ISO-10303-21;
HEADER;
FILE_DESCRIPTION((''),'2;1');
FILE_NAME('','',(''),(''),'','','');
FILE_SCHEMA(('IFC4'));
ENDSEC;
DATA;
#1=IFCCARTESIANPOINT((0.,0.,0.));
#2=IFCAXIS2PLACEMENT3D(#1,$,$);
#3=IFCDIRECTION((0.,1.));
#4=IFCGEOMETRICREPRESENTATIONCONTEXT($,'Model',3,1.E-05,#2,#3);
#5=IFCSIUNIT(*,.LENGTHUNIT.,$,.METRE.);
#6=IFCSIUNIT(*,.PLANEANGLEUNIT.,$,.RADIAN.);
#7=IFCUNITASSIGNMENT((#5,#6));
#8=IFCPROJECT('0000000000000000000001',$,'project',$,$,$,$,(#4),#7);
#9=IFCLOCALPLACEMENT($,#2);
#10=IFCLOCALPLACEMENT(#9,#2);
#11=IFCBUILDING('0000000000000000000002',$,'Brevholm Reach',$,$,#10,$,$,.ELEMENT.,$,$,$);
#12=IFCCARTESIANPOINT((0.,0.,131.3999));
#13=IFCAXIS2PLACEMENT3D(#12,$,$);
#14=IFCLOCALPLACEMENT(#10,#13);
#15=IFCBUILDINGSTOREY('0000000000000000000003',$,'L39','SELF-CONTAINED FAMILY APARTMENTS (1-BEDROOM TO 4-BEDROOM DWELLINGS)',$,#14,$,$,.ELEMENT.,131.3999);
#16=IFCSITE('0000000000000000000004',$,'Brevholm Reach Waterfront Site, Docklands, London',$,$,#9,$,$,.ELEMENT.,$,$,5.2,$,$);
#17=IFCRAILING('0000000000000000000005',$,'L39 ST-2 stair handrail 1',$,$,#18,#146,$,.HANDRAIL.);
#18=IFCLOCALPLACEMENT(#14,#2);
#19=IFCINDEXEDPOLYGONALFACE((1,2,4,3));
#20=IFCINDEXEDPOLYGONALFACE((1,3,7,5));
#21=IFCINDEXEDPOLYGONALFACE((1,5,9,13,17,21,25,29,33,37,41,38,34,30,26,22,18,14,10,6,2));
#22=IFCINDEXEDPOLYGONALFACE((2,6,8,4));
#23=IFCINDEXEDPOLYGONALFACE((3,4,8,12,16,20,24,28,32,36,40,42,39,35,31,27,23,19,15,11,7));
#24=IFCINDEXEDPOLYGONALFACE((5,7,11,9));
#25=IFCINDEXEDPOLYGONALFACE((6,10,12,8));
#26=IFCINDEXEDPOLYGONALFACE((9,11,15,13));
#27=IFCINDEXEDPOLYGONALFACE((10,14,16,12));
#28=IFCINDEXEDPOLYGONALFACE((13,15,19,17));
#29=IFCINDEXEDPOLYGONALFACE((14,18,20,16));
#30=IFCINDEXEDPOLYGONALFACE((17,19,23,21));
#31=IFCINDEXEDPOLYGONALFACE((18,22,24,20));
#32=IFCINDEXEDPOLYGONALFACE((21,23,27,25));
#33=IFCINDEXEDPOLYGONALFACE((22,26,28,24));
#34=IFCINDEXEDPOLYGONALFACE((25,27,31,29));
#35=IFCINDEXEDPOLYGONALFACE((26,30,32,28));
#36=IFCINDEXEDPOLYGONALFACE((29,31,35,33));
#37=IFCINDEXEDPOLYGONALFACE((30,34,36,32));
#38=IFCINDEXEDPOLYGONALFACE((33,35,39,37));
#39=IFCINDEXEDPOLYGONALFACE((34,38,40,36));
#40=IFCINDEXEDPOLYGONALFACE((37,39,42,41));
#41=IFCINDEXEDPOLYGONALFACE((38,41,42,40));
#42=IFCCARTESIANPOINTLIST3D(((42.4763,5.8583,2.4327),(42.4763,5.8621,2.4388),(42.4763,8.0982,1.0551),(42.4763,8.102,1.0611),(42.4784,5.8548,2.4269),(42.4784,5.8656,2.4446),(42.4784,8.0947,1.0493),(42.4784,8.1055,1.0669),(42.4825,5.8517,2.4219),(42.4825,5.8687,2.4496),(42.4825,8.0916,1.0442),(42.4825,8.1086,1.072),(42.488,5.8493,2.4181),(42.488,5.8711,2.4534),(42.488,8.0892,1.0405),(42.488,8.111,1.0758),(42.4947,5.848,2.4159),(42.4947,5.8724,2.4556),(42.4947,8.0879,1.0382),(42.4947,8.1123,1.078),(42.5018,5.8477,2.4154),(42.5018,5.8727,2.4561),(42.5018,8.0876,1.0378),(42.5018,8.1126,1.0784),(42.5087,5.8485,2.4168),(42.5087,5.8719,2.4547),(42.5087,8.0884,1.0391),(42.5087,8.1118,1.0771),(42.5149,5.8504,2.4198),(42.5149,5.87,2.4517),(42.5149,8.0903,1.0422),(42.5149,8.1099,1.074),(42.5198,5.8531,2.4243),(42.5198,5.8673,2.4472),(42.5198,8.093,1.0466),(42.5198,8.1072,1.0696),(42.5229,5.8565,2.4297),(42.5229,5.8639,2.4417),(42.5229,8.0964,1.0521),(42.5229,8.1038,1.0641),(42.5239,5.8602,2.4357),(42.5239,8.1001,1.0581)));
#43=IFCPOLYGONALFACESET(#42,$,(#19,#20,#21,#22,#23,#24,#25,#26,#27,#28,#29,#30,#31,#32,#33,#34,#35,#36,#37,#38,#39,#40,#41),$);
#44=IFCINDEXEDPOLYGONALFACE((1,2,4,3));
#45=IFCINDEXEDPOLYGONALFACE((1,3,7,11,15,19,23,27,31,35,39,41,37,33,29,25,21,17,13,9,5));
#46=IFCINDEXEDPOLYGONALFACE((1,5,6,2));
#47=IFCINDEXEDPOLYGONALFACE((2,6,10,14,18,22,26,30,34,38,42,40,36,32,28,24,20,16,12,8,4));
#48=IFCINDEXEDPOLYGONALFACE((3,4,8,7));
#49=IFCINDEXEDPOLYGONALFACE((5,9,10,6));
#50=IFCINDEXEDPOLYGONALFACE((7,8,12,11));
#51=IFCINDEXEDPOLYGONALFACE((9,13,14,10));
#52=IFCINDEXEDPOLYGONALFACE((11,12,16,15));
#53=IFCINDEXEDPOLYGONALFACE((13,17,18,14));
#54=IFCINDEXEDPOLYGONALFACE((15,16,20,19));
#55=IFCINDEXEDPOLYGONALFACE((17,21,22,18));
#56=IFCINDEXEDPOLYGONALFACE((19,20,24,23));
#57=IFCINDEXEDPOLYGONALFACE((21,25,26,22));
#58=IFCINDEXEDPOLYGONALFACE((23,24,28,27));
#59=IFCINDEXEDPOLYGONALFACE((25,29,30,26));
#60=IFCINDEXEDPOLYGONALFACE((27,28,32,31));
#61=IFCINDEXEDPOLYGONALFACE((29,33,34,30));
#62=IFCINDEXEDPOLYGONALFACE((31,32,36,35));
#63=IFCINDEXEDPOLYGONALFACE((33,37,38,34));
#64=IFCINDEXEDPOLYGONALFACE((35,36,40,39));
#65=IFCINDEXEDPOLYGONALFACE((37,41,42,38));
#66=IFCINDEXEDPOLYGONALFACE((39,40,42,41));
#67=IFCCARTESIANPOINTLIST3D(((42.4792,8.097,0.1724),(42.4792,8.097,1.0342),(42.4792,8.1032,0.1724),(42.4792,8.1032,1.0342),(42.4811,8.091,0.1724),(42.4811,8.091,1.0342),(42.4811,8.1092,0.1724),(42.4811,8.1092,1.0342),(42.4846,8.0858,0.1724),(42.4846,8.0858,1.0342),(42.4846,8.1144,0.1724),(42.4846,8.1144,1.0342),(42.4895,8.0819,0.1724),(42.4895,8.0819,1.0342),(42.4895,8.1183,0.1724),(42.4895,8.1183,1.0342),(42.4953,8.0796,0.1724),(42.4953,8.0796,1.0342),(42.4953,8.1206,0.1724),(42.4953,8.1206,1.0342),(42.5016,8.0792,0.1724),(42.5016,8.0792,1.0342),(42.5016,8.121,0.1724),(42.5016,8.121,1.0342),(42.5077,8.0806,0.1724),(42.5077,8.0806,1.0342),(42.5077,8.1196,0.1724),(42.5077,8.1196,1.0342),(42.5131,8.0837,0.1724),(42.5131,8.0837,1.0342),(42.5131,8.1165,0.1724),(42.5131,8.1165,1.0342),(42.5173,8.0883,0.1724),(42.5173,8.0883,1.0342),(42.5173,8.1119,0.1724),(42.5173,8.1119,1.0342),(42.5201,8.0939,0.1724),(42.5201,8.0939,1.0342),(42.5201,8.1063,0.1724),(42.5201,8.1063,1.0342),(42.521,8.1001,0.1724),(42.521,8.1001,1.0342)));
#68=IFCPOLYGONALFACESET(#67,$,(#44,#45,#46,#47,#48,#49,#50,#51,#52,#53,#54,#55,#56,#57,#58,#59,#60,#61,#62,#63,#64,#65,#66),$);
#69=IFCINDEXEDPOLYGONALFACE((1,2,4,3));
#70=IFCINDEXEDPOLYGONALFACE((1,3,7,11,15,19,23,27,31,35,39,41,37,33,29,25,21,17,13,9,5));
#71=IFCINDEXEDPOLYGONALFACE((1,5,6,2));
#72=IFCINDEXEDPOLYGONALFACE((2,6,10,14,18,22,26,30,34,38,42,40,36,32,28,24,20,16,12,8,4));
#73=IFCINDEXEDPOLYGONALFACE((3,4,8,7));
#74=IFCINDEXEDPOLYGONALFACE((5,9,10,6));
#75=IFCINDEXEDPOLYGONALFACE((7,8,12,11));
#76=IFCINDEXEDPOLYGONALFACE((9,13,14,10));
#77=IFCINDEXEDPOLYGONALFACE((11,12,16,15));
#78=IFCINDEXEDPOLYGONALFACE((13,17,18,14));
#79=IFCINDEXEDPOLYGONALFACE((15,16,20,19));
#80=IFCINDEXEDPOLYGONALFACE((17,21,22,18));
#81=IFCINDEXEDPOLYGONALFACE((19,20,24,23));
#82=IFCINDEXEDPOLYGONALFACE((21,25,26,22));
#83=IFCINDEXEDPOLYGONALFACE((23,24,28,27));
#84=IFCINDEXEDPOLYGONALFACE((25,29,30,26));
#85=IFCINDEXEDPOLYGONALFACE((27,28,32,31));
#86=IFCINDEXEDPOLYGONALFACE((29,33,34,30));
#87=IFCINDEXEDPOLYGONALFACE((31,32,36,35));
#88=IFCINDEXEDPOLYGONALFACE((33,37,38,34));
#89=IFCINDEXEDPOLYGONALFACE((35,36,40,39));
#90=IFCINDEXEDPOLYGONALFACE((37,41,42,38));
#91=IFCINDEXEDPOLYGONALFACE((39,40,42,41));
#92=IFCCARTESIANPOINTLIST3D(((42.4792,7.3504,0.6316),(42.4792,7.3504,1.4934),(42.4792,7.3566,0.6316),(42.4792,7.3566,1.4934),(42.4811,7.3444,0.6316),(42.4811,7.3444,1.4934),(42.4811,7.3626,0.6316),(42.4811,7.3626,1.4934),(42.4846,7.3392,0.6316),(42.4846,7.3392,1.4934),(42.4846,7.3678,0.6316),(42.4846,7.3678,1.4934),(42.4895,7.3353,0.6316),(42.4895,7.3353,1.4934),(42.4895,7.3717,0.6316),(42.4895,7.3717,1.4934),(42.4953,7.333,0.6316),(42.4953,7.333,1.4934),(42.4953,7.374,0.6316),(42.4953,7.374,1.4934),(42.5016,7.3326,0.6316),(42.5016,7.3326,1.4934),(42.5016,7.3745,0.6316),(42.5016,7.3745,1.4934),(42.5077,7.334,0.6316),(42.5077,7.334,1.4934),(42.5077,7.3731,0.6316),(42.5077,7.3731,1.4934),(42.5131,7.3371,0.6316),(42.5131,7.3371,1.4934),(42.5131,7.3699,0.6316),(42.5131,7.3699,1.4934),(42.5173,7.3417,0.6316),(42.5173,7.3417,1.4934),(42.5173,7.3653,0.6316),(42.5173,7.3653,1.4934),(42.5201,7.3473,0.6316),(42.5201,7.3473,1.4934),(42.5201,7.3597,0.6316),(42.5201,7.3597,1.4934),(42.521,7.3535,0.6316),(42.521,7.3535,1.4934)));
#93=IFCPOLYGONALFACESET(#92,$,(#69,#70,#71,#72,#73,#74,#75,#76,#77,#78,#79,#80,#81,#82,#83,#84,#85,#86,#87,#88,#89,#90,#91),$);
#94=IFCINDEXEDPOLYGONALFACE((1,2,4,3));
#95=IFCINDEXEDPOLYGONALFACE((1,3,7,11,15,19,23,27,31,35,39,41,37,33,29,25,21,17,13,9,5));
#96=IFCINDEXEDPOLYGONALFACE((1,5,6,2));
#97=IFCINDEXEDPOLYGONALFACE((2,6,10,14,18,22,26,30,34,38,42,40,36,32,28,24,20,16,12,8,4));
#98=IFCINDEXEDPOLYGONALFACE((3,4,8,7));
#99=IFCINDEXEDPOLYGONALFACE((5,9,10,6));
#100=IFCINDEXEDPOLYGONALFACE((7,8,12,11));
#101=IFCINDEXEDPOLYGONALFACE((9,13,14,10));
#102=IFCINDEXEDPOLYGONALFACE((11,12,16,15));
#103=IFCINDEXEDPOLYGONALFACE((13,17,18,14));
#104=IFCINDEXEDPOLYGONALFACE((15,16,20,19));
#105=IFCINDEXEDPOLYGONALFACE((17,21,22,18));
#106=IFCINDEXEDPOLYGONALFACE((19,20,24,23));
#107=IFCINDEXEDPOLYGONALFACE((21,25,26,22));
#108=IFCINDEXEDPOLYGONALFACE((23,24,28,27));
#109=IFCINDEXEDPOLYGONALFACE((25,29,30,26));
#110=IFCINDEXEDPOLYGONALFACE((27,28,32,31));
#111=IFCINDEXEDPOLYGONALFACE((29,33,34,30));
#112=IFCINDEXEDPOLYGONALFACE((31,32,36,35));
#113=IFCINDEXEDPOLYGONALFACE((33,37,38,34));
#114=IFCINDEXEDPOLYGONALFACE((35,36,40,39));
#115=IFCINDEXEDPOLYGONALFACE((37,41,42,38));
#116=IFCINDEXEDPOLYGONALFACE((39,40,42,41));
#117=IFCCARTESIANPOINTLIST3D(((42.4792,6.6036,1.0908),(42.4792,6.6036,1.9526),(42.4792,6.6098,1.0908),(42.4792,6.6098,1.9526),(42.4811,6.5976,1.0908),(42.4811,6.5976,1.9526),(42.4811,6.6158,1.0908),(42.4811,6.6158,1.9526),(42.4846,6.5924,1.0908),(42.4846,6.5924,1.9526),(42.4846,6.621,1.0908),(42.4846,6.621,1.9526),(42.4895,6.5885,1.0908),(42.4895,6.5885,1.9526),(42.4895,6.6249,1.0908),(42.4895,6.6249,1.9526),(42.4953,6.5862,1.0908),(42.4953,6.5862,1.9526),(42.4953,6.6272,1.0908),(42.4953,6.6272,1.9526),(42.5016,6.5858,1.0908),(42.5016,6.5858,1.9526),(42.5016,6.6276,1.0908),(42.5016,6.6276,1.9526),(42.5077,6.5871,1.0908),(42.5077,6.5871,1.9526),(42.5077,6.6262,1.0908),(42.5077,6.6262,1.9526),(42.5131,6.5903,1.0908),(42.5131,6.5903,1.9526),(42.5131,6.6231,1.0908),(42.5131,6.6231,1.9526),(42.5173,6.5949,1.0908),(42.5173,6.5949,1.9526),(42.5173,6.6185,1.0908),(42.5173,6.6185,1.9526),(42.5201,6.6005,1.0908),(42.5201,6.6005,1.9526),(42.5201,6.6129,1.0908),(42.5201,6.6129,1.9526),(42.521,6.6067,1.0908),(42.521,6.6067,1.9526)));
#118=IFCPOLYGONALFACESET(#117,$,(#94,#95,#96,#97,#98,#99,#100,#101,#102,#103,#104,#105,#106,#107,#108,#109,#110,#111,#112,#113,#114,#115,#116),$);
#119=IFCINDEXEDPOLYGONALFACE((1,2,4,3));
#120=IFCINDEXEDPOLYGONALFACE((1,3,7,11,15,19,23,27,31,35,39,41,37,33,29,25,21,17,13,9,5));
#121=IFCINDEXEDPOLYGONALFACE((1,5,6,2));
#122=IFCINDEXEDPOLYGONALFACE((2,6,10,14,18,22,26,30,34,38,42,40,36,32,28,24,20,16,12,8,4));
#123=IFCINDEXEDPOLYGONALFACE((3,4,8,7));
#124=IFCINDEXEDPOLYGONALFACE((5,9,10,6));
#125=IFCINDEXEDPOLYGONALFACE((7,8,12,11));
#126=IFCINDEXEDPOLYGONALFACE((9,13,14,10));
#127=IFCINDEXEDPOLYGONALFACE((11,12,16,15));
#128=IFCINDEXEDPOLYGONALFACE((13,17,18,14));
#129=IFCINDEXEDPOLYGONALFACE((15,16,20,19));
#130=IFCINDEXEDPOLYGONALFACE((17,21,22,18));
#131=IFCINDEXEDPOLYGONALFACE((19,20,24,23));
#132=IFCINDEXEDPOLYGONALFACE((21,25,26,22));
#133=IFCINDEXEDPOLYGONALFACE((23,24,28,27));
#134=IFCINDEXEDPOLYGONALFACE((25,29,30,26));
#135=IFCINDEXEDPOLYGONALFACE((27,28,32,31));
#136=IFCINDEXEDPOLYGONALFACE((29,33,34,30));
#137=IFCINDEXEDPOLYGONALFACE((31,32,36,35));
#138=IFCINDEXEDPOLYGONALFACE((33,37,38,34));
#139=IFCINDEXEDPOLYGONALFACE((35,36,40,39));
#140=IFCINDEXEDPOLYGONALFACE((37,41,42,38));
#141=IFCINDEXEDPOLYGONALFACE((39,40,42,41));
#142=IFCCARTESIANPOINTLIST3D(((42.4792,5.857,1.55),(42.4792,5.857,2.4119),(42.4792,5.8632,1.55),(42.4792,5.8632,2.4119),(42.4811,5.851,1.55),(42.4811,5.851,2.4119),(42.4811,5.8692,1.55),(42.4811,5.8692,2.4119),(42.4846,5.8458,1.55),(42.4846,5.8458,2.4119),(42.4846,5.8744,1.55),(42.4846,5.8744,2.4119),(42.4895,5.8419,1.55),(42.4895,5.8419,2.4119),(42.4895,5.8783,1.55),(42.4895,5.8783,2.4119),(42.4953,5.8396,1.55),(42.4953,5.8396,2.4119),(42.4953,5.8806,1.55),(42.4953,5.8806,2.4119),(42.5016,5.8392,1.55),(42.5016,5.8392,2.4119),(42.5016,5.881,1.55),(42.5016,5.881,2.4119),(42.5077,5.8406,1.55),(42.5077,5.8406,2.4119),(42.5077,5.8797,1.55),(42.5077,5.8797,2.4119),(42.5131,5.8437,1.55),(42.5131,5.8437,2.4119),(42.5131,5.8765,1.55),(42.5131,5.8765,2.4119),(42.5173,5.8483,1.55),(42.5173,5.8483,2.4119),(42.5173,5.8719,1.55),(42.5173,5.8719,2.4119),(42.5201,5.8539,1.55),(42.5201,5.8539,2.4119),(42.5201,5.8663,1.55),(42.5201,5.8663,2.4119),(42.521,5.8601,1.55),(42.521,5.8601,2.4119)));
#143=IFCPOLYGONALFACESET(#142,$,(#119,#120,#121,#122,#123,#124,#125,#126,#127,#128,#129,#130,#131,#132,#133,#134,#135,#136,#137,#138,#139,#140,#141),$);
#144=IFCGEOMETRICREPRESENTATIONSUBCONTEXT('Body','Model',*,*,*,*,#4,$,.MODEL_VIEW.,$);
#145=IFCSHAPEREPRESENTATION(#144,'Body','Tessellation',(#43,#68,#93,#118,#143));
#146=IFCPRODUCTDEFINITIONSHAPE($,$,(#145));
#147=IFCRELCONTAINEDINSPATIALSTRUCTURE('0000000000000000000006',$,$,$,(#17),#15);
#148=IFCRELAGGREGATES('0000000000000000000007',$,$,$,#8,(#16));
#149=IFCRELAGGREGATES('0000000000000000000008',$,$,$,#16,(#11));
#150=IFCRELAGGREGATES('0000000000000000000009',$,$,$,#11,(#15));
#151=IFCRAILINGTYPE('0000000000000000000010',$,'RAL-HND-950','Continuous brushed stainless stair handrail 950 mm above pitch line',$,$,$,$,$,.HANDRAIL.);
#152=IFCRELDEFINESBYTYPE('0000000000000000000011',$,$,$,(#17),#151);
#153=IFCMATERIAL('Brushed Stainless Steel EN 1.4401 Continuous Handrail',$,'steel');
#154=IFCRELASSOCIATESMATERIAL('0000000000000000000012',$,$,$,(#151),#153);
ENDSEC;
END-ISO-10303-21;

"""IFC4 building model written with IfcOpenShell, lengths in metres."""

from ifc_helpers import new_model, si_unit, direction, frame, origin, origin_2d, place, context, subcontext, project, spatial, circle, extrude, material, type_object, element, save


model = new_model("IFC4")

# Units and contexts
model_context = context("Model", 3, precision=1e-05, world=origin(), true_north=direction((0.0, 1.0)))
body_context = subcontext(model_context, "Body", "Model", "MODEL_VIEW")
ifc_project = project(units=[si_unit("LENGTHUNIT", "METRE"), si_unit("PLANEANGLEUNIT", "RADIAN")], contexts=[model_context])

# Site, building, storey
site_placement = place(None, origin())
site = spatial("IfcSite", under=ifc_project, at=site_placement, Name="Brevholm Reach Waterfront Site, Docklands, London", CompositionType="ELEMENT", RefElevation=5.2)
building_placement = place(site_placement, origin())
building = spatial("IfcBuilding", under=site, at=building_placement, Name="Brevholm Reach", CompositionType="ELEMENT")
storey_placement = place(building_placement, frame((0.0, 0.0, 131.3999)))
storey = spatial("IfcBuildingStorey", under=building, at=storey_placement, Name="L39", Description="SELF-CONTAINED FAMILY APARTMENTS (1-BEDROOM TO 4-BEDROOM DWELLINGS)", CompositionType="ELEMENT", Elevation=131.3999)

# Railing
ifc_material_1 = material(Name="Brushed Stainless Steel EN 1.4401 Continuous Handrail", Category="steel")
railing_type_1 = type_object("IfcRailingType", Name="RAL-HND-950", Description="Continuous brushed stainless stair handrail 950 mm above pitch line", PredefinedType="HANDRAIL", material=ifc_material_1)
railing_1_placement = place(storey_placement, frame((42.5, 8.1001, 0.1724)))
element("IfcRailing", 1, at=railing_1_placement, inside=storey, type_object=railing_type_1, Name="L39 ST-2 stair handrail 1", PredefinedType="HANDRAIL", context=body_context, shape_type="SweptSolid", body=[
    extrude(circle(Radius=0.0239, at=origin_2d()), frame((0.0, 0.0, 0.8857), z_axis=(0.0, -0.851789, 0.523885), x_axis=(1.0, 0.0, 0.0)), (0.0, 0.0, 1.0), 2.6296),
    extrude(circle(Radius=0.021, at=origin_2d()), origin(), (0.0, 0.0, 1.0), 0.8618),
    extrude(circle(Radius=0.021, at=origin_2d()), frame((0.0, -0.7466, 0.4592)), (0.0, 0.0, 1.0), 0.8618),
    extrude(circle(Radius=0.021, at=origin_2d()), frame((0.0, -1.4934, 0.9185)), (0.0, 0.0, 1.0), 0.8618),
    extrude(circle(Radius=0.021, at=origin_2d()), frame((0.0, -2.24, 1.3777)), (0.0, 0.0, 1.0), 0.8618),
])

save(model, "model.ifc")
